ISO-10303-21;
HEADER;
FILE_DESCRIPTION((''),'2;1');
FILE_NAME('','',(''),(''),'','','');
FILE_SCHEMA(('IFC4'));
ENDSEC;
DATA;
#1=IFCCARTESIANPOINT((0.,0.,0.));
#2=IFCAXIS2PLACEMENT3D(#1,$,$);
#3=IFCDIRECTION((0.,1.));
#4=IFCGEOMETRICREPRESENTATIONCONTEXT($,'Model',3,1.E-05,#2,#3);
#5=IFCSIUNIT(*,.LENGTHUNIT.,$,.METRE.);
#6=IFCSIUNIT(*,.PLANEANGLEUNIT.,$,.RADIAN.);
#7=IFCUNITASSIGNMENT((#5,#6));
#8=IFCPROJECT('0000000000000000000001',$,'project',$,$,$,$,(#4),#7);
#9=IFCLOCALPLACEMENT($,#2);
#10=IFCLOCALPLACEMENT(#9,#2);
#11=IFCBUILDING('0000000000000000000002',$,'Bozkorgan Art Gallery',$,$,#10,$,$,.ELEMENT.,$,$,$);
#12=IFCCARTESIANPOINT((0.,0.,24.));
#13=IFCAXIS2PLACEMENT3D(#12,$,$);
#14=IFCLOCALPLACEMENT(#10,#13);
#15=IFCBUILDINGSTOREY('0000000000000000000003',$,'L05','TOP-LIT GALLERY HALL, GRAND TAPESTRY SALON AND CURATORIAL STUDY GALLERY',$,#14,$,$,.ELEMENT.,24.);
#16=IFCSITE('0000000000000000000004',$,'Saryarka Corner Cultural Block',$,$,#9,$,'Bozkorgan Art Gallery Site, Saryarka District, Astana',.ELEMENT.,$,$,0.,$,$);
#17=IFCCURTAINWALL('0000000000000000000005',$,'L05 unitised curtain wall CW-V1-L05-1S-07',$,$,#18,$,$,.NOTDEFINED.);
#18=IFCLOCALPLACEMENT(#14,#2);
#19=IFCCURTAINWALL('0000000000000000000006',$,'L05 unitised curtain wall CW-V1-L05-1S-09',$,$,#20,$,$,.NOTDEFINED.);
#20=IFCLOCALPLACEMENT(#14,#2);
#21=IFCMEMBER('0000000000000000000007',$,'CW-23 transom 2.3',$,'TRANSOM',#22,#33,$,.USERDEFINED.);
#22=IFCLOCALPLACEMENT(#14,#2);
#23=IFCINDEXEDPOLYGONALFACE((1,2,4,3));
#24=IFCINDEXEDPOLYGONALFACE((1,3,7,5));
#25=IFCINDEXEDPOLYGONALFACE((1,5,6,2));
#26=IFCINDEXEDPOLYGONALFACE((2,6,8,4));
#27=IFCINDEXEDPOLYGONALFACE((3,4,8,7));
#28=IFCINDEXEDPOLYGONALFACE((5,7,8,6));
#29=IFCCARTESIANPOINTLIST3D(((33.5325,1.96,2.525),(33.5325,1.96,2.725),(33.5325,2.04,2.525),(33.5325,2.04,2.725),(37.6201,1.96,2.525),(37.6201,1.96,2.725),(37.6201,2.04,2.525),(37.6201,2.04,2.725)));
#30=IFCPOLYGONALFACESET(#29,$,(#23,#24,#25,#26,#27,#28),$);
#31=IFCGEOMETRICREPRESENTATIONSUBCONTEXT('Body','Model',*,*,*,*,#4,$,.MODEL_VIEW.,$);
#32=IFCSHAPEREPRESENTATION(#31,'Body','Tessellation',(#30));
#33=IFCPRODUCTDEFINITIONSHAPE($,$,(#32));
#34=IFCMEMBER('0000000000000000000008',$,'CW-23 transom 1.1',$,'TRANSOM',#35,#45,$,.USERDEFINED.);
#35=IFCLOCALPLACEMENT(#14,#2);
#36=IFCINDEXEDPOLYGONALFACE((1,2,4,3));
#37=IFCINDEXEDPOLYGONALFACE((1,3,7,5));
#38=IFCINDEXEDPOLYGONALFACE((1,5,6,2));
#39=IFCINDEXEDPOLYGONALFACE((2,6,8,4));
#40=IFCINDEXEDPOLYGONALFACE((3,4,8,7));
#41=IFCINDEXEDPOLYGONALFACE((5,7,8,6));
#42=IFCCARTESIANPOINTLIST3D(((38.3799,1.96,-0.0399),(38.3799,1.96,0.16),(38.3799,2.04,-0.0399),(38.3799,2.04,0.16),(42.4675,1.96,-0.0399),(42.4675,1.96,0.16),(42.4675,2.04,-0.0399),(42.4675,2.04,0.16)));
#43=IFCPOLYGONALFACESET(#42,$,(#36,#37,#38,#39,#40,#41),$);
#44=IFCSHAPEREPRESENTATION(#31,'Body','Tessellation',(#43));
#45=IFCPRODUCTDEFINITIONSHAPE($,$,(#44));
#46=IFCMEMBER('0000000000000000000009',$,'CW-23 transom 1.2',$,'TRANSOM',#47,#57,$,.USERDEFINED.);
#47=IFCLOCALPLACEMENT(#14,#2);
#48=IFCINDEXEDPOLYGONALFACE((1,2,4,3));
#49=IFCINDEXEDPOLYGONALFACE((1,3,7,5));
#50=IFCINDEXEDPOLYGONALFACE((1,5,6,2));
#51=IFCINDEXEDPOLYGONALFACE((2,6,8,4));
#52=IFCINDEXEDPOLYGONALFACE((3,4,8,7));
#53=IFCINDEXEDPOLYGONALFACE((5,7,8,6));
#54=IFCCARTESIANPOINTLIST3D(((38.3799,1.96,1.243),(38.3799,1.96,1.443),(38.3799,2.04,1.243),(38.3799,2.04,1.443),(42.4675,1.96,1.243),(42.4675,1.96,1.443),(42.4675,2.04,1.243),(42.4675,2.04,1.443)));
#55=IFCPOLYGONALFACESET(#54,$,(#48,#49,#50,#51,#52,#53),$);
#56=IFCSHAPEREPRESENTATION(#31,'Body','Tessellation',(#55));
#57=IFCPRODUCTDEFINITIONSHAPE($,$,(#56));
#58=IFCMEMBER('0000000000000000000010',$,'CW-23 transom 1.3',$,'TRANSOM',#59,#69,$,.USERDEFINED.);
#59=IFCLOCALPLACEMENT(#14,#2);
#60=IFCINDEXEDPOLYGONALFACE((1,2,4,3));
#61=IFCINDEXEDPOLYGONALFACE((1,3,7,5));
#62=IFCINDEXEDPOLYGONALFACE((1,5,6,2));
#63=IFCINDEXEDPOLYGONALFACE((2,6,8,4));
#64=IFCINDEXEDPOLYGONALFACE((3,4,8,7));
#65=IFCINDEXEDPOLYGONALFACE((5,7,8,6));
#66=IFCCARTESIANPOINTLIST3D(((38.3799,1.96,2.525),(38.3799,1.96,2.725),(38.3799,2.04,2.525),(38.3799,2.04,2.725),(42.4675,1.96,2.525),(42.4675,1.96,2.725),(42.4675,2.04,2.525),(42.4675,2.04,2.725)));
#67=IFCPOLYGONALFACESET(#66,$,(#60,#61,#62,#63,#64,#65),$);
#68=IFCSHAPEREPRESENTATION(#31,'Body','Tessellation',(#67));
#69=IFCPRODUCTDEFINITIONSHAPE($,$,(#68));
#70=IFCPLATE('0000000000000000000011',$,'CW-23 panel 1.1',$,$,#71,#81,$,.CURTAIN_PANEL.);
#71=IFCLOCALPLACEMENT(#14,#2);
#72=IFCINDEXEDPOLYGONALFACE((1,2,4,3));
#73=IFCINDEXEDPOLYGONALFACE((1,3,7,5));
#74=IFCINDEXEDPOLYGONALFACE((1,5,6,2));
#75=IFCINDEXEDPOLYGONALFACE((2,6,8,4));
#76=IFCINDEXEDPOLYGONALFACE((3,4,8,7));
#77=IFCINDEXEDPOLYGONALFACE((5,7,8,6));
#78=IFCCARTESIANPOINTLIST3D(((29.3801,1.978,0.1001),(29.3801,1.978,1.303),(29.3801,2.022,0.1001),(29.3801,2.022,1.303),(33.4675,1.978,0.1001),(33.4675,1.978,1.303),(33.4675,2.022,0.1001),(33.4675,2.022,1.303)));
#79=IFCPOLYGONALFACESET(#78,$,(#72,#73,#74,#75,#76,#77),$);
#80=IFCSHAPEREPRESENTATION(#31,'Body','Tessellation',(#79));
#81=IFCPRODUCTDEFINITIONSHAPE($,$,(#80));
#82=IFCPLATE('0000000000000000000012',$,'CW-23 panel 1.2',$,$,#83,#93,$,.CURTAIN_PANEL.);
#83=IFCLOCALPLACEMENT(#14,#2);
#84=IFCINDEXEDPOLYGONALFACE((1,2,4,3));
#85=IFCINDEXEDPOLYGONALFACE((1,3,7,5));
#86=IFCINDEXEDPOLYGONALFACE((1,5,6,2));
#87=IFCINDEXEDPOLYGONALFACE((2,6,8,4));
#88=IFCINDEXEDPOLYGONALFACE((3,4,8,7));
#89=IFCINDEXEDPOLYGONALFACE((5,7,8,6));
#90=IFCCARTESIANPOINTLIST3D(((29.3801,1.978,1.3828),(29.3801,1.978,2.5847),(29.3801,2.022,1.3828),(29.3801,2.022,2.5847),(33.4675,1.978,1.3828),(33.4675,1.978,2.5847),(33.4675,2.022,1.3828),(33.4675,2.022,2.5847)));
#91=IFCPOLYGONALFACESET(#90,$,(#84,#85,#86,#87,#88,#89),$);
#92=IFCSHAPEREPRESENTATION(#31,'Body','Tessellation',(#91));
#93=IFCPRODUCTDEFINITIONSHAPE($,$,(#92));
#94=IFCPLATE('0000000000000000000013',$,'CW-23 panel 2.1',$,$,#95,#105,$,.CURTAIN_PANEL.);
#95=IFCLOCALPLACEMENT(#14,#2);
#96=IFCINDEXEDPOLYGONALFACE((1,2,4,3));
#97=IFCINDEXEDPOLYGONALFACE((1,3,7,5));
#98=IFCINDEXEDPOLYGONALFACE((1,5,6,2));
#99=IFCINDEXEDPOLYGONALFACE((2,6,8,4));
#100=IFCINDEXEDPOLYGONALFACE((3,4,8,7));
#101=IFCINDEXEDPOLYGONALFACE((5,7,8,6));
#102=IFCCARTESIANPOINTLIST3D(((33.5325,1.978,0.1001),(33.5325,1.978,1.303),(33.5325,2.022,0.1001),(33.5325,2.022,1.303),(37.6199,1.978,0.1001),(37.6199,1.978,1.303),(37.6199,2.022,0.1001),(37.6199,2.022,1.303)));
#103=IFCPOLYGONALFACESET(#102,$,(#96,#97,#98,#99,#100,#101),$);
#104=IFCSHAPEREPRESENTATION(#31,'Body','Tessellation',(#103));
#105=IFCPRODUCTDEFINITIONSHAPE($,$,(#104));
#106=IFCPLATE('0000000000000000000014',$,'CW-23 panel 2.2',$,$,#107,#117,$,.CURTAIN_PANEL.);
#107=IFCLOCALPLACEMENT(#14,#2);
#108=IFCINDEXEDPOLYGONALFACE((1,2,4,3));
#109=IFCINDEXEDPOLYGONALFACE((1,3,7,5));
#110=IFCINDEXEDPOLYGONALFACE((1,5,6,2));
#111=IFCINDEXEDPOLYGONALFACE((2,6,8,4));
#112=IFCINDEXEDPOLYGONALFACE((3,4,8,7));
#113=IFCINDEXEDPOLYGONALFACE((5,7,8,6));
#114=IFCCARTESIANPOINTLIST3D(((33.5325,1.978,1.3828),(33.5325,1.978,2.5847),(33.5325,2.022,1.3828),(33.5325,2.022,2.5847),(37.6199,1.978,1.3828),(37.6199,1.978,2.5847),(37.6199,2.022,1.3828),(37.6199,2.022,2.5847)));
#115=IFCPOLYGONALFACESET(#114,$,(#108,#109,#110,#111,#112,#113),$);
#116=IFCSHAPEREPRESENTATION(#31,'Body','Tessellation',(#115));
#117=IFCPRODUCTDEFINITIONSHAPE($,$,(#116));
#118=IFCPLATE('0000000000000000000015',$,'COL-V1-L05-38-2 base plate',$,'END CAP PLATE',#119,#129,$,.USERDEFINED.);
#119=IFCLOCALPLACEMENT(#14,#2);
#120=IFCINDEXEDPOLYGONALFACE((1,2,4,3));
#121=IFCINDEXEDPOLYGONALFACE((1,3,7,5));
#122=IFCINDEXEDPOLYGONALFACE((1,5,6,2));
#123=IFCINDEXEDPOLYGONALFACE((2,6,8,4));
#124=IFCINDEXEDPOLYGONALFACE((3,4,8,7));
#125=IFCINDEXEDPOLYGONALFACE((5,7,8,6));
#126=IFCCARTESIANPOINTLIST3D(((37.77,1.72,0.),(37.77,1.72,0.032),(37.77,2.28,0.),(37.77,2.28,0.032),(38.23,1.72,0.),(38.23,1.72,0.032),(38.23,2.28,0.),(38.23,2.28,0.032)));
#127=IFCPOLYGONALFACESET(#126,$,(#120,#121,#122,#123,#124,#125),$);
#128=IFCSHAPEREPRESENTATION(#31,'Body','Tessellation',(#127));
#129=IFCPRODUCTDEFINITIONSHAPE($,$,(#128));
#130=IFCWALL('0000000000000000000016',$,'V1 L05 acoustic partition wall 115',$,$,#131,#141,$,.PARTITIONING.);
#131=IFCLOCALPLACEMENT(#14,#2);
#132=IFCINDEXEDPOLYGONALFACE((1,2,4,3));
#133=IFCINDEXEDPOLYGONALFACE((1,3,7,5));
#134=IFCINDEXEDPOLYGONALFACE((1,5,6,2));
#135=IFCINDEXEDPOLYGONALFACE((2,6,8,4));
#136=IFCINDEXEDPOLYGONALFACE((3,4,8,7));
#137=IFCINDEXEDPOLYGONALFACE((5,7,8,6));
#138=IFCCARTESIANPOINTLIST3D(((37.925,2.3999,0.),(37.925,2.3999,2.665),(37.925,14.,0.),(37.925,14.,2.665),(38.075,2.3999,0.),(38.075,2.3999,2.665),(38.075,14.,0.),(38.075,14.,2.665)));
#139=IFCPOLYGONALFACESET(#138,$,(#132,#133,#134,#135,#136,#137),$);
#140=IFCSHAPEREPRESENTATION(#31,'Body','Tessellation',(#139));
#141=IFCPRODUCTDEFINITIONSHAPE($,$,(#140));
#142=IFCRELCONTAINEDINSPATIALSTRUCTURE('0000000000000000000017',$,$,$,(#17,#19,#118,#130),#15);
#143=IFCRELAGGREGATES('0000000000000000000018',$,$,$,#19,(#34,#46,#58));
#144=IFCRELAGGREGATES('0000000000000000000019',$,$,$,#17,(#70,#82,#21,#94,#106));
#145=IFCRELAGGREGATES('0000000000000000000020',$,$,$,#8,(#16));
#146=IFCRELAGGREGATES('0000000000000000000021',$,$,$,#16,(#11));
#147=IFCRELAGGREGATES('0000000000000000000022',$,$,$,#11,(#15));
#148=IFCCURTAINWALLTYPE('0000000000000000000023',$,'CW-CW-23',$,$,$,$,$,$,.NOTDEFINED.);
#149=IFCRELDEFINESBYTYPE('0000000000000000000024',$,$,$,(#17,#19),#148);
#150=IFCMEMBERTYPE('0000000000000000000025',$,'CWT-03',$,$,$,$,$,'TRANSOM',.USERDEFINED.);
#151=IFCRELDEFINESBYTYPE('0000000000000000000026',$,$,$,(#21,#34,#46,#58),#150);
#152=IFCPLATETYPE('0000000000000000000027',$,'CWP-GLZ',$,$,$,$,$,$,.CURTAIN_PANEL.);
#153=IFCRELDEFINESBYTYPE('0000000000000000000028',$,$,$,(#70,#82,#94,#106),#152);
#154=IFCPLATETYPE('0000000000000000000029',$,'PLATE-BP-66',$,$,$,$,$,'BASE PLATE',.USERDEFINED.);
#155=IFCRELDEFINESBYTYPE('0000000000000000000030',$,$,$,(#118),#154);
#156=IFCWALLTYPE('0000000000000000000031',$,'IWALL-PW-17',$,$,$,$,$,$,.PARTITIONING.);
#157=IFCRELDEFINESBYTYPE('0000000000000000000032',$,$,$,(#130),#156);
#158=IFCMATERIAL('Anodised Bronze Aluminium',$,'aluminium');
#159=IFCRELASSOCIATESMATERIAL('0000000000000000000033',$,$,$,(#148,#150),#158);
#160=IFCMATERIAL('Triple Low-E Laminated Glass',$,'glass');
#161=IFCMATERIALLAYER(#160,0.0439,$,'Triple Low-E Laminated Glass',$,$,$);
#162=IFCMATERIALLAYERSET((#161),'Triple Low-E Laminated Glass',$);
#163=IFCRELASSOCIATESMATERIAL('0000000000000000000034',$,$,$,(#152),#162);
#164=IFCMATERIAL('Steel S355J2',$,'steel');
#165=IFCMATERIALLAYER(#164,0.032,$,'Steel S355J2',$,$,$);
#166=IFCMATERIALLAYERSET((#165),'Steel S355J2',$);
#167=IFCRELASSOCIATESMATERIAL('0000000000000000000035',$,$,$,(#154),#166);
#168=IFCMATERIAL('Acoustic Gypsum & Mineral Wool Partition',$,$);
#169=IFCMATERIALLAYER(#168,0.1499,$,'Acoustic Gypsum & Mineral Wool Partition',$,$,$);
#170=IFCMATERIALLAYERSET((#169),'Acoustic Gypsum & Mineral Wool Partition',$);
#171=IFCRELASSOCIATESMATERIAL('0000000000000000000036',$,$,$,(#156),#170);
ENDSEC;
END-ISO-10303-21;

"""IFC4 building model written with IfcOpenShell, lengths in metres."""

from ifc_helpers import new_model, si_unit, direction, frame, frame_2d, origin, origin_2d, place, context, subcontext, project, spatial, rectangle, extrude, material, layer, layer_set, material_profile, profile_set, type_object, element, aggregate, save


model = new_model("IFC4")

# Units and contexts
model_context = context("Model", 3, precision=1e-05, world=origin(), true_north=direction((0.0, 1.0)))
body_context = subcontext(model_context, "Body", "Model", "MODEL_VIEW")
ifc_project = project(units=[si_unit("LENGTHUNIT", "METRE"), si_unit("PLANEANGLEUNIT", "RADIAN")], contexts=[model_context])

# Site, building, storey
site_placement = place(None, origin())
site = spatial("IfcSite", under=ifc_project, at=site_placement, Name="Saryarka Corner Cultural Block", LongName="Bozkorgan Art Gallery Site, Saryarka District, Astana", CompositionType="ELEMENT", RefElevation=0.0)
building_placement = place(site_placement, origin())
building = spatial("IfcBuilding", under=site, at=building_placement, Name="Bozkorgan Art Gallery", CompositionType="ELEMENT")
storey_placement = place(building_placement, frame((0.0, 0.0, 24.0)))
storey = spatial("IfcBuildingStorey", under=building, at=storey_placement, Name="L05", Description="TOP-LIT GALLERY HALL, GRAND TAPESTRY SALON AND CURATORIAL STUDY GALLERY", CompositionType="ELEMENT", Elevation=24.0)

# Shared definitions
ifc_material_1 = material(Name="Steel S355J2", Category="steel")

# Curtain wall
ifc_material_2 = material(Name="Anodised Bronze Aluminium", Category="aluminium")
curtain_wall_type = type_object("IfcCurtainWallType", Name="CW-CW-23", PredefinedType="NOTDEFINED", material=ifc_material_2)
curtain_wall_1_placement = place(storey_placement, origin())
curtain_wall_1 = element("IfcCurtainWall", 1, at=curtain_wall_1_placement, inside=storey, type_object=curtain_wall_type, Name="L05 unitised curtain wall CW-V1-L05-1S-07", PredefinedType="NOTDEFINED")

# Curtain wall
curtain_wall_2_placement = place(storey_placement, origin())
curtain_wall_2 = element("IfcCurtainWall", 2, at=curtain_wall_2_placement, inside=storey, type_object=curtain_wall_type, Name="L05 unitised curtain wall CW-V1-L05-1S-09", PredefinedType="NOTDEFINED")

# Members
ifc_material_profile_1 = material_profile(ifc_material_2, rectangle(XDim=0.0801, YDim=0.2, at=origin_2d()), Name="ALU TRANSOM 80x200")
ifc_profile_set_1 = profile_set([ifc_material_profile_1], Name="Anodised Bronze Aluminium")
member_type_1 = type_object("IfcMemberType", Name="CWT-03", ElementType="TRANSOM", PredefinedType="USERDEFINED", material=ifc_profile_set_1)
member_1_placement = place(storey_placement, frame((33.5325, 2.0, 2.625), z_axis=(1.0, 0.0, 0.0), x_axis=(0.0, 1.0, 0.0)))
member_1 = element("IfcMember", 3, at=member_1_placement, type_object=member_type_1, Name="CW-23 transom 2.3", ObjectType="TRANSOM", PredefinedType="USERDEFINED", context=body_context, shape_type="SweptSolid", body=[
    extrude(rectangle(XDim=0.0801, YDim=0.2, at=origin_2d()), origin(), (0.0, 0.0, 1.0), 4.0876),
])
member_2_placement = place(storey_placement, frame((38.3799, 2.0, 0.0601), z_axis=(1.0, 0.0, 0.0), x_axis=(0.0, 1.0, 0.0)))
member_2 = element("IfcMember", 4, at=member_2_placement, type_object=member_type_1, Name="CW-23 transom 1.1", ObjectType="TRANSOM", PredefinedType="USERDEFINED", context=body_context, shape_type="SweptSolid", body=[
    extrude(rectangle(XDim=0.0801, YDim=0.2, at=origin_2d()), origin(), (0.0, 0.0, 1.0), 4.0876),
])
member_3_placement = place(storey_placement, frame((38.3799, 2.0, 1.343), z_axis=(1.0, 0.0, 0.0), x_axis=(0.0, 1.0, 0.0)))
member_3 = element("IfcMember", 5, at=member_3_placement, type_object=member_type_1, Name="CW-23 transom 1.2", ObjectType="TRANSOM", PredefinedType="USERDEFINED", context=body_context, shape_type="SweptSolid", body=[
    extrude(rectangle(XDim=0.0801, YDim=0.2, at=origin_2d()), origin(), (0.0, 0.0, 1.0), 4.0876),
])
member_4_placement = place(storey_placement, frame((38.3799, 2.0, 2.625), z_axis=(1.0, 0.0, 0.0), x_axis=(0.0, 1.0, 0.0)))
member_4 = element("IfcMember", 6, at=member_4_placement, type_object=member_type_1, Name="CW-23 transom 1.3", ObjectType="TRANSOM", PredefinedType="USERDEFINED", context=body_context, shape_type="SweptSolid", body=[
    extrude(rectangle(XDim=0.0801, YDim=0.2, at=origin_2d()), origin(), (0.0, 0.0, 1.0), 4.0876),
])
aggregate(curtain_wall_2, [member_2, member_3, member_4])

# Plates
ifc_material_3 = material(Name="Triple Low-E Laminated Glass", Category="glass")
ifc_layer_1 = layer(ifc_material_3, 0.0439, Name="Triple Low-E Laminated Glass")
ifc_layer_set_1 = layer_set([ifc_layer_1], Name="Triple Low-E Laminated Glass")
plate_type_1 = type_object("IfcPlateType", Name="CWP-GLZ", PredefinedType="CURTAIN_PANEL", material=ifc_layer_set_1)
plate_1_placement = place(storey_placement, frame((31.4238, 2.0, 0.1001), z_axis=(0.0, 0.0, 1.0), x_axis=(1.0, 0.0, 0.0)))
plate_1 = element("IfcPlate", 7, at=plate_1_placement, type_object=plate_type_1, Name="CW-23 panel 1.1", PredefinedType="CURTAIN_PANEL", context=body_context, shape_type="SweptSolid", body=[
    extrude(rectangle(XDim=4.0874, YDim=0.0439, at=origin_2d()), origin(), (0.0, 0.0, 1.0), 1.2029),
])
plate_2_placement = place(storey_placement, frame((31.4238, 2.0, 1.3828), z_axis=(0.0, 0.0, 1.0), x_axis=(1.0, 0.0, 0.0)))
plate_2 = element("IfcPlate", 8, at=plate_2_placement, type_object=plate_type_1, Name="CW-23 panel 1.2", PredefinedType="CURTAIN_PANEL", context=body_context, shape_type="SweptSolid", body=[
    extrude(rectangle(XDim=4.0874, YDim=0.0439, at=origin_2d()), origin(), (0.0, 0.0, 1.0), 1.2019),
])
plate_3_placement = place(storey_placement, frame((35.5762, 2.0, 0.1001), z_axis=(0.0, 0.0, 1.0), x_axis=(1.0, 0.0, 0.0)))
plate_3 = element("IfcPlate", 9, at=plate_3_placement, type_object=plate_type_1, Name="CW-23 panel 2.1", PredefinedType="CURTAIN_PANEL", context=body_context, shape_type="SweptSolid", body=[
    extrude(rectangle(XDim=4.0874, YDim=0.0439, at=origin_2d()), origin(), (0.0, 0.0, 1.0), 1.2029),
])
plate_4_placement = place(storey_placement, frame((35.5762, 2.0, 1.3828), z_axis=(0.0, 0.0, 1.0), x_axis=(1.0, 0.0, 0.0)))
plate_4 = element("IfcPlate", 10, at=plate_4_placement, type_object=plate_type_1, Name="CW-23 panel 2.2", PredefinedType="CURTAIN_PANEL", context=body_context, shape_type="SweptSolid", body=[
    extrude(rectangle(XDim=4.0874, YDim=0.0439, at=origin_2d()), origin(), (0.0, 0.0, 1.0), 1.2019),
])
aggregate(curtain_wall_1, [plate_1, plate_2, member_1, plate_3, plate_4])
ifc_layer_2 = layer(ifc_material_1, 0.032, Name="Steel S355J2")
ifc_layer_set_2 = layer_set([ifc_layer_2], Name="Steel S355J2")
plate_type_2 = type_object("IfcPlateType", Name="PLATE-BP-66", ElementType="BASE PLATE", PredefinedType="USERDEFINED", material=ifc_layer_set_2)
plate_5_placement = place(storey_placement, frame((38.0, 2.0, 0.0), z_axis=(0.0, 0.0, 1.0), x_axis=(1.0, 0.0, 0.0)))
element("IfcPlate", 11, at=plate_5_placement, inside=storey, type_object=plate_type_2, Name="COL-V1-L05-38-2 base plate", ObjectType="END CAP PLATE", PredefinedType="USERDEFINED", context=body_context, shape_type="SweptSolid", body=[
    extrude(rectangle(XDim=0.46, YDim=0.5601, at=origin_2d()), origin(), (0.0, 0.0, 1.0), 0.032),
])

# Wall
ifc_material_4 = material(Name="Acoustic Gypsum & Mineral Wool Partition")
ifc_layer_3 = layer(ifc_material_4, 0.1499, Name="Acoustic Gypsum & Mineral Wool Partition")
ifc_layer_set_3 = layer_set([ifc_layer_3], Name="Acoustic Gypsum & Mineral Wool Partition")
wall_type = type_object("IfcWallType", Name="IWALL-PW-17", PredefinedType="PARTITIONING", material=ifc_layer_set_3)
wall_placement = place(storey_placement, frame((38.0, 2.3999, 0.0), z_axis=(0.0, 0.0, 1.0), x_axis=(0.0, 1.0, 0.0)))
element("IfcWall", 12, at=wall_placement, inside=storey, type_object=wall_type, Name="V1 L05 acoustic partition wall 115", PredefinedType="PARTITIONING", context=body_context, shape_type="SweptSolid", body=[
    extrude(rectangle(XDim=11.6001, YDim=0.1499, at=frame_2d((5.8, 0.0))), origin(), (0.0, 0.0, 1.0), 2.665),
])

save(model, "model.ifc")
